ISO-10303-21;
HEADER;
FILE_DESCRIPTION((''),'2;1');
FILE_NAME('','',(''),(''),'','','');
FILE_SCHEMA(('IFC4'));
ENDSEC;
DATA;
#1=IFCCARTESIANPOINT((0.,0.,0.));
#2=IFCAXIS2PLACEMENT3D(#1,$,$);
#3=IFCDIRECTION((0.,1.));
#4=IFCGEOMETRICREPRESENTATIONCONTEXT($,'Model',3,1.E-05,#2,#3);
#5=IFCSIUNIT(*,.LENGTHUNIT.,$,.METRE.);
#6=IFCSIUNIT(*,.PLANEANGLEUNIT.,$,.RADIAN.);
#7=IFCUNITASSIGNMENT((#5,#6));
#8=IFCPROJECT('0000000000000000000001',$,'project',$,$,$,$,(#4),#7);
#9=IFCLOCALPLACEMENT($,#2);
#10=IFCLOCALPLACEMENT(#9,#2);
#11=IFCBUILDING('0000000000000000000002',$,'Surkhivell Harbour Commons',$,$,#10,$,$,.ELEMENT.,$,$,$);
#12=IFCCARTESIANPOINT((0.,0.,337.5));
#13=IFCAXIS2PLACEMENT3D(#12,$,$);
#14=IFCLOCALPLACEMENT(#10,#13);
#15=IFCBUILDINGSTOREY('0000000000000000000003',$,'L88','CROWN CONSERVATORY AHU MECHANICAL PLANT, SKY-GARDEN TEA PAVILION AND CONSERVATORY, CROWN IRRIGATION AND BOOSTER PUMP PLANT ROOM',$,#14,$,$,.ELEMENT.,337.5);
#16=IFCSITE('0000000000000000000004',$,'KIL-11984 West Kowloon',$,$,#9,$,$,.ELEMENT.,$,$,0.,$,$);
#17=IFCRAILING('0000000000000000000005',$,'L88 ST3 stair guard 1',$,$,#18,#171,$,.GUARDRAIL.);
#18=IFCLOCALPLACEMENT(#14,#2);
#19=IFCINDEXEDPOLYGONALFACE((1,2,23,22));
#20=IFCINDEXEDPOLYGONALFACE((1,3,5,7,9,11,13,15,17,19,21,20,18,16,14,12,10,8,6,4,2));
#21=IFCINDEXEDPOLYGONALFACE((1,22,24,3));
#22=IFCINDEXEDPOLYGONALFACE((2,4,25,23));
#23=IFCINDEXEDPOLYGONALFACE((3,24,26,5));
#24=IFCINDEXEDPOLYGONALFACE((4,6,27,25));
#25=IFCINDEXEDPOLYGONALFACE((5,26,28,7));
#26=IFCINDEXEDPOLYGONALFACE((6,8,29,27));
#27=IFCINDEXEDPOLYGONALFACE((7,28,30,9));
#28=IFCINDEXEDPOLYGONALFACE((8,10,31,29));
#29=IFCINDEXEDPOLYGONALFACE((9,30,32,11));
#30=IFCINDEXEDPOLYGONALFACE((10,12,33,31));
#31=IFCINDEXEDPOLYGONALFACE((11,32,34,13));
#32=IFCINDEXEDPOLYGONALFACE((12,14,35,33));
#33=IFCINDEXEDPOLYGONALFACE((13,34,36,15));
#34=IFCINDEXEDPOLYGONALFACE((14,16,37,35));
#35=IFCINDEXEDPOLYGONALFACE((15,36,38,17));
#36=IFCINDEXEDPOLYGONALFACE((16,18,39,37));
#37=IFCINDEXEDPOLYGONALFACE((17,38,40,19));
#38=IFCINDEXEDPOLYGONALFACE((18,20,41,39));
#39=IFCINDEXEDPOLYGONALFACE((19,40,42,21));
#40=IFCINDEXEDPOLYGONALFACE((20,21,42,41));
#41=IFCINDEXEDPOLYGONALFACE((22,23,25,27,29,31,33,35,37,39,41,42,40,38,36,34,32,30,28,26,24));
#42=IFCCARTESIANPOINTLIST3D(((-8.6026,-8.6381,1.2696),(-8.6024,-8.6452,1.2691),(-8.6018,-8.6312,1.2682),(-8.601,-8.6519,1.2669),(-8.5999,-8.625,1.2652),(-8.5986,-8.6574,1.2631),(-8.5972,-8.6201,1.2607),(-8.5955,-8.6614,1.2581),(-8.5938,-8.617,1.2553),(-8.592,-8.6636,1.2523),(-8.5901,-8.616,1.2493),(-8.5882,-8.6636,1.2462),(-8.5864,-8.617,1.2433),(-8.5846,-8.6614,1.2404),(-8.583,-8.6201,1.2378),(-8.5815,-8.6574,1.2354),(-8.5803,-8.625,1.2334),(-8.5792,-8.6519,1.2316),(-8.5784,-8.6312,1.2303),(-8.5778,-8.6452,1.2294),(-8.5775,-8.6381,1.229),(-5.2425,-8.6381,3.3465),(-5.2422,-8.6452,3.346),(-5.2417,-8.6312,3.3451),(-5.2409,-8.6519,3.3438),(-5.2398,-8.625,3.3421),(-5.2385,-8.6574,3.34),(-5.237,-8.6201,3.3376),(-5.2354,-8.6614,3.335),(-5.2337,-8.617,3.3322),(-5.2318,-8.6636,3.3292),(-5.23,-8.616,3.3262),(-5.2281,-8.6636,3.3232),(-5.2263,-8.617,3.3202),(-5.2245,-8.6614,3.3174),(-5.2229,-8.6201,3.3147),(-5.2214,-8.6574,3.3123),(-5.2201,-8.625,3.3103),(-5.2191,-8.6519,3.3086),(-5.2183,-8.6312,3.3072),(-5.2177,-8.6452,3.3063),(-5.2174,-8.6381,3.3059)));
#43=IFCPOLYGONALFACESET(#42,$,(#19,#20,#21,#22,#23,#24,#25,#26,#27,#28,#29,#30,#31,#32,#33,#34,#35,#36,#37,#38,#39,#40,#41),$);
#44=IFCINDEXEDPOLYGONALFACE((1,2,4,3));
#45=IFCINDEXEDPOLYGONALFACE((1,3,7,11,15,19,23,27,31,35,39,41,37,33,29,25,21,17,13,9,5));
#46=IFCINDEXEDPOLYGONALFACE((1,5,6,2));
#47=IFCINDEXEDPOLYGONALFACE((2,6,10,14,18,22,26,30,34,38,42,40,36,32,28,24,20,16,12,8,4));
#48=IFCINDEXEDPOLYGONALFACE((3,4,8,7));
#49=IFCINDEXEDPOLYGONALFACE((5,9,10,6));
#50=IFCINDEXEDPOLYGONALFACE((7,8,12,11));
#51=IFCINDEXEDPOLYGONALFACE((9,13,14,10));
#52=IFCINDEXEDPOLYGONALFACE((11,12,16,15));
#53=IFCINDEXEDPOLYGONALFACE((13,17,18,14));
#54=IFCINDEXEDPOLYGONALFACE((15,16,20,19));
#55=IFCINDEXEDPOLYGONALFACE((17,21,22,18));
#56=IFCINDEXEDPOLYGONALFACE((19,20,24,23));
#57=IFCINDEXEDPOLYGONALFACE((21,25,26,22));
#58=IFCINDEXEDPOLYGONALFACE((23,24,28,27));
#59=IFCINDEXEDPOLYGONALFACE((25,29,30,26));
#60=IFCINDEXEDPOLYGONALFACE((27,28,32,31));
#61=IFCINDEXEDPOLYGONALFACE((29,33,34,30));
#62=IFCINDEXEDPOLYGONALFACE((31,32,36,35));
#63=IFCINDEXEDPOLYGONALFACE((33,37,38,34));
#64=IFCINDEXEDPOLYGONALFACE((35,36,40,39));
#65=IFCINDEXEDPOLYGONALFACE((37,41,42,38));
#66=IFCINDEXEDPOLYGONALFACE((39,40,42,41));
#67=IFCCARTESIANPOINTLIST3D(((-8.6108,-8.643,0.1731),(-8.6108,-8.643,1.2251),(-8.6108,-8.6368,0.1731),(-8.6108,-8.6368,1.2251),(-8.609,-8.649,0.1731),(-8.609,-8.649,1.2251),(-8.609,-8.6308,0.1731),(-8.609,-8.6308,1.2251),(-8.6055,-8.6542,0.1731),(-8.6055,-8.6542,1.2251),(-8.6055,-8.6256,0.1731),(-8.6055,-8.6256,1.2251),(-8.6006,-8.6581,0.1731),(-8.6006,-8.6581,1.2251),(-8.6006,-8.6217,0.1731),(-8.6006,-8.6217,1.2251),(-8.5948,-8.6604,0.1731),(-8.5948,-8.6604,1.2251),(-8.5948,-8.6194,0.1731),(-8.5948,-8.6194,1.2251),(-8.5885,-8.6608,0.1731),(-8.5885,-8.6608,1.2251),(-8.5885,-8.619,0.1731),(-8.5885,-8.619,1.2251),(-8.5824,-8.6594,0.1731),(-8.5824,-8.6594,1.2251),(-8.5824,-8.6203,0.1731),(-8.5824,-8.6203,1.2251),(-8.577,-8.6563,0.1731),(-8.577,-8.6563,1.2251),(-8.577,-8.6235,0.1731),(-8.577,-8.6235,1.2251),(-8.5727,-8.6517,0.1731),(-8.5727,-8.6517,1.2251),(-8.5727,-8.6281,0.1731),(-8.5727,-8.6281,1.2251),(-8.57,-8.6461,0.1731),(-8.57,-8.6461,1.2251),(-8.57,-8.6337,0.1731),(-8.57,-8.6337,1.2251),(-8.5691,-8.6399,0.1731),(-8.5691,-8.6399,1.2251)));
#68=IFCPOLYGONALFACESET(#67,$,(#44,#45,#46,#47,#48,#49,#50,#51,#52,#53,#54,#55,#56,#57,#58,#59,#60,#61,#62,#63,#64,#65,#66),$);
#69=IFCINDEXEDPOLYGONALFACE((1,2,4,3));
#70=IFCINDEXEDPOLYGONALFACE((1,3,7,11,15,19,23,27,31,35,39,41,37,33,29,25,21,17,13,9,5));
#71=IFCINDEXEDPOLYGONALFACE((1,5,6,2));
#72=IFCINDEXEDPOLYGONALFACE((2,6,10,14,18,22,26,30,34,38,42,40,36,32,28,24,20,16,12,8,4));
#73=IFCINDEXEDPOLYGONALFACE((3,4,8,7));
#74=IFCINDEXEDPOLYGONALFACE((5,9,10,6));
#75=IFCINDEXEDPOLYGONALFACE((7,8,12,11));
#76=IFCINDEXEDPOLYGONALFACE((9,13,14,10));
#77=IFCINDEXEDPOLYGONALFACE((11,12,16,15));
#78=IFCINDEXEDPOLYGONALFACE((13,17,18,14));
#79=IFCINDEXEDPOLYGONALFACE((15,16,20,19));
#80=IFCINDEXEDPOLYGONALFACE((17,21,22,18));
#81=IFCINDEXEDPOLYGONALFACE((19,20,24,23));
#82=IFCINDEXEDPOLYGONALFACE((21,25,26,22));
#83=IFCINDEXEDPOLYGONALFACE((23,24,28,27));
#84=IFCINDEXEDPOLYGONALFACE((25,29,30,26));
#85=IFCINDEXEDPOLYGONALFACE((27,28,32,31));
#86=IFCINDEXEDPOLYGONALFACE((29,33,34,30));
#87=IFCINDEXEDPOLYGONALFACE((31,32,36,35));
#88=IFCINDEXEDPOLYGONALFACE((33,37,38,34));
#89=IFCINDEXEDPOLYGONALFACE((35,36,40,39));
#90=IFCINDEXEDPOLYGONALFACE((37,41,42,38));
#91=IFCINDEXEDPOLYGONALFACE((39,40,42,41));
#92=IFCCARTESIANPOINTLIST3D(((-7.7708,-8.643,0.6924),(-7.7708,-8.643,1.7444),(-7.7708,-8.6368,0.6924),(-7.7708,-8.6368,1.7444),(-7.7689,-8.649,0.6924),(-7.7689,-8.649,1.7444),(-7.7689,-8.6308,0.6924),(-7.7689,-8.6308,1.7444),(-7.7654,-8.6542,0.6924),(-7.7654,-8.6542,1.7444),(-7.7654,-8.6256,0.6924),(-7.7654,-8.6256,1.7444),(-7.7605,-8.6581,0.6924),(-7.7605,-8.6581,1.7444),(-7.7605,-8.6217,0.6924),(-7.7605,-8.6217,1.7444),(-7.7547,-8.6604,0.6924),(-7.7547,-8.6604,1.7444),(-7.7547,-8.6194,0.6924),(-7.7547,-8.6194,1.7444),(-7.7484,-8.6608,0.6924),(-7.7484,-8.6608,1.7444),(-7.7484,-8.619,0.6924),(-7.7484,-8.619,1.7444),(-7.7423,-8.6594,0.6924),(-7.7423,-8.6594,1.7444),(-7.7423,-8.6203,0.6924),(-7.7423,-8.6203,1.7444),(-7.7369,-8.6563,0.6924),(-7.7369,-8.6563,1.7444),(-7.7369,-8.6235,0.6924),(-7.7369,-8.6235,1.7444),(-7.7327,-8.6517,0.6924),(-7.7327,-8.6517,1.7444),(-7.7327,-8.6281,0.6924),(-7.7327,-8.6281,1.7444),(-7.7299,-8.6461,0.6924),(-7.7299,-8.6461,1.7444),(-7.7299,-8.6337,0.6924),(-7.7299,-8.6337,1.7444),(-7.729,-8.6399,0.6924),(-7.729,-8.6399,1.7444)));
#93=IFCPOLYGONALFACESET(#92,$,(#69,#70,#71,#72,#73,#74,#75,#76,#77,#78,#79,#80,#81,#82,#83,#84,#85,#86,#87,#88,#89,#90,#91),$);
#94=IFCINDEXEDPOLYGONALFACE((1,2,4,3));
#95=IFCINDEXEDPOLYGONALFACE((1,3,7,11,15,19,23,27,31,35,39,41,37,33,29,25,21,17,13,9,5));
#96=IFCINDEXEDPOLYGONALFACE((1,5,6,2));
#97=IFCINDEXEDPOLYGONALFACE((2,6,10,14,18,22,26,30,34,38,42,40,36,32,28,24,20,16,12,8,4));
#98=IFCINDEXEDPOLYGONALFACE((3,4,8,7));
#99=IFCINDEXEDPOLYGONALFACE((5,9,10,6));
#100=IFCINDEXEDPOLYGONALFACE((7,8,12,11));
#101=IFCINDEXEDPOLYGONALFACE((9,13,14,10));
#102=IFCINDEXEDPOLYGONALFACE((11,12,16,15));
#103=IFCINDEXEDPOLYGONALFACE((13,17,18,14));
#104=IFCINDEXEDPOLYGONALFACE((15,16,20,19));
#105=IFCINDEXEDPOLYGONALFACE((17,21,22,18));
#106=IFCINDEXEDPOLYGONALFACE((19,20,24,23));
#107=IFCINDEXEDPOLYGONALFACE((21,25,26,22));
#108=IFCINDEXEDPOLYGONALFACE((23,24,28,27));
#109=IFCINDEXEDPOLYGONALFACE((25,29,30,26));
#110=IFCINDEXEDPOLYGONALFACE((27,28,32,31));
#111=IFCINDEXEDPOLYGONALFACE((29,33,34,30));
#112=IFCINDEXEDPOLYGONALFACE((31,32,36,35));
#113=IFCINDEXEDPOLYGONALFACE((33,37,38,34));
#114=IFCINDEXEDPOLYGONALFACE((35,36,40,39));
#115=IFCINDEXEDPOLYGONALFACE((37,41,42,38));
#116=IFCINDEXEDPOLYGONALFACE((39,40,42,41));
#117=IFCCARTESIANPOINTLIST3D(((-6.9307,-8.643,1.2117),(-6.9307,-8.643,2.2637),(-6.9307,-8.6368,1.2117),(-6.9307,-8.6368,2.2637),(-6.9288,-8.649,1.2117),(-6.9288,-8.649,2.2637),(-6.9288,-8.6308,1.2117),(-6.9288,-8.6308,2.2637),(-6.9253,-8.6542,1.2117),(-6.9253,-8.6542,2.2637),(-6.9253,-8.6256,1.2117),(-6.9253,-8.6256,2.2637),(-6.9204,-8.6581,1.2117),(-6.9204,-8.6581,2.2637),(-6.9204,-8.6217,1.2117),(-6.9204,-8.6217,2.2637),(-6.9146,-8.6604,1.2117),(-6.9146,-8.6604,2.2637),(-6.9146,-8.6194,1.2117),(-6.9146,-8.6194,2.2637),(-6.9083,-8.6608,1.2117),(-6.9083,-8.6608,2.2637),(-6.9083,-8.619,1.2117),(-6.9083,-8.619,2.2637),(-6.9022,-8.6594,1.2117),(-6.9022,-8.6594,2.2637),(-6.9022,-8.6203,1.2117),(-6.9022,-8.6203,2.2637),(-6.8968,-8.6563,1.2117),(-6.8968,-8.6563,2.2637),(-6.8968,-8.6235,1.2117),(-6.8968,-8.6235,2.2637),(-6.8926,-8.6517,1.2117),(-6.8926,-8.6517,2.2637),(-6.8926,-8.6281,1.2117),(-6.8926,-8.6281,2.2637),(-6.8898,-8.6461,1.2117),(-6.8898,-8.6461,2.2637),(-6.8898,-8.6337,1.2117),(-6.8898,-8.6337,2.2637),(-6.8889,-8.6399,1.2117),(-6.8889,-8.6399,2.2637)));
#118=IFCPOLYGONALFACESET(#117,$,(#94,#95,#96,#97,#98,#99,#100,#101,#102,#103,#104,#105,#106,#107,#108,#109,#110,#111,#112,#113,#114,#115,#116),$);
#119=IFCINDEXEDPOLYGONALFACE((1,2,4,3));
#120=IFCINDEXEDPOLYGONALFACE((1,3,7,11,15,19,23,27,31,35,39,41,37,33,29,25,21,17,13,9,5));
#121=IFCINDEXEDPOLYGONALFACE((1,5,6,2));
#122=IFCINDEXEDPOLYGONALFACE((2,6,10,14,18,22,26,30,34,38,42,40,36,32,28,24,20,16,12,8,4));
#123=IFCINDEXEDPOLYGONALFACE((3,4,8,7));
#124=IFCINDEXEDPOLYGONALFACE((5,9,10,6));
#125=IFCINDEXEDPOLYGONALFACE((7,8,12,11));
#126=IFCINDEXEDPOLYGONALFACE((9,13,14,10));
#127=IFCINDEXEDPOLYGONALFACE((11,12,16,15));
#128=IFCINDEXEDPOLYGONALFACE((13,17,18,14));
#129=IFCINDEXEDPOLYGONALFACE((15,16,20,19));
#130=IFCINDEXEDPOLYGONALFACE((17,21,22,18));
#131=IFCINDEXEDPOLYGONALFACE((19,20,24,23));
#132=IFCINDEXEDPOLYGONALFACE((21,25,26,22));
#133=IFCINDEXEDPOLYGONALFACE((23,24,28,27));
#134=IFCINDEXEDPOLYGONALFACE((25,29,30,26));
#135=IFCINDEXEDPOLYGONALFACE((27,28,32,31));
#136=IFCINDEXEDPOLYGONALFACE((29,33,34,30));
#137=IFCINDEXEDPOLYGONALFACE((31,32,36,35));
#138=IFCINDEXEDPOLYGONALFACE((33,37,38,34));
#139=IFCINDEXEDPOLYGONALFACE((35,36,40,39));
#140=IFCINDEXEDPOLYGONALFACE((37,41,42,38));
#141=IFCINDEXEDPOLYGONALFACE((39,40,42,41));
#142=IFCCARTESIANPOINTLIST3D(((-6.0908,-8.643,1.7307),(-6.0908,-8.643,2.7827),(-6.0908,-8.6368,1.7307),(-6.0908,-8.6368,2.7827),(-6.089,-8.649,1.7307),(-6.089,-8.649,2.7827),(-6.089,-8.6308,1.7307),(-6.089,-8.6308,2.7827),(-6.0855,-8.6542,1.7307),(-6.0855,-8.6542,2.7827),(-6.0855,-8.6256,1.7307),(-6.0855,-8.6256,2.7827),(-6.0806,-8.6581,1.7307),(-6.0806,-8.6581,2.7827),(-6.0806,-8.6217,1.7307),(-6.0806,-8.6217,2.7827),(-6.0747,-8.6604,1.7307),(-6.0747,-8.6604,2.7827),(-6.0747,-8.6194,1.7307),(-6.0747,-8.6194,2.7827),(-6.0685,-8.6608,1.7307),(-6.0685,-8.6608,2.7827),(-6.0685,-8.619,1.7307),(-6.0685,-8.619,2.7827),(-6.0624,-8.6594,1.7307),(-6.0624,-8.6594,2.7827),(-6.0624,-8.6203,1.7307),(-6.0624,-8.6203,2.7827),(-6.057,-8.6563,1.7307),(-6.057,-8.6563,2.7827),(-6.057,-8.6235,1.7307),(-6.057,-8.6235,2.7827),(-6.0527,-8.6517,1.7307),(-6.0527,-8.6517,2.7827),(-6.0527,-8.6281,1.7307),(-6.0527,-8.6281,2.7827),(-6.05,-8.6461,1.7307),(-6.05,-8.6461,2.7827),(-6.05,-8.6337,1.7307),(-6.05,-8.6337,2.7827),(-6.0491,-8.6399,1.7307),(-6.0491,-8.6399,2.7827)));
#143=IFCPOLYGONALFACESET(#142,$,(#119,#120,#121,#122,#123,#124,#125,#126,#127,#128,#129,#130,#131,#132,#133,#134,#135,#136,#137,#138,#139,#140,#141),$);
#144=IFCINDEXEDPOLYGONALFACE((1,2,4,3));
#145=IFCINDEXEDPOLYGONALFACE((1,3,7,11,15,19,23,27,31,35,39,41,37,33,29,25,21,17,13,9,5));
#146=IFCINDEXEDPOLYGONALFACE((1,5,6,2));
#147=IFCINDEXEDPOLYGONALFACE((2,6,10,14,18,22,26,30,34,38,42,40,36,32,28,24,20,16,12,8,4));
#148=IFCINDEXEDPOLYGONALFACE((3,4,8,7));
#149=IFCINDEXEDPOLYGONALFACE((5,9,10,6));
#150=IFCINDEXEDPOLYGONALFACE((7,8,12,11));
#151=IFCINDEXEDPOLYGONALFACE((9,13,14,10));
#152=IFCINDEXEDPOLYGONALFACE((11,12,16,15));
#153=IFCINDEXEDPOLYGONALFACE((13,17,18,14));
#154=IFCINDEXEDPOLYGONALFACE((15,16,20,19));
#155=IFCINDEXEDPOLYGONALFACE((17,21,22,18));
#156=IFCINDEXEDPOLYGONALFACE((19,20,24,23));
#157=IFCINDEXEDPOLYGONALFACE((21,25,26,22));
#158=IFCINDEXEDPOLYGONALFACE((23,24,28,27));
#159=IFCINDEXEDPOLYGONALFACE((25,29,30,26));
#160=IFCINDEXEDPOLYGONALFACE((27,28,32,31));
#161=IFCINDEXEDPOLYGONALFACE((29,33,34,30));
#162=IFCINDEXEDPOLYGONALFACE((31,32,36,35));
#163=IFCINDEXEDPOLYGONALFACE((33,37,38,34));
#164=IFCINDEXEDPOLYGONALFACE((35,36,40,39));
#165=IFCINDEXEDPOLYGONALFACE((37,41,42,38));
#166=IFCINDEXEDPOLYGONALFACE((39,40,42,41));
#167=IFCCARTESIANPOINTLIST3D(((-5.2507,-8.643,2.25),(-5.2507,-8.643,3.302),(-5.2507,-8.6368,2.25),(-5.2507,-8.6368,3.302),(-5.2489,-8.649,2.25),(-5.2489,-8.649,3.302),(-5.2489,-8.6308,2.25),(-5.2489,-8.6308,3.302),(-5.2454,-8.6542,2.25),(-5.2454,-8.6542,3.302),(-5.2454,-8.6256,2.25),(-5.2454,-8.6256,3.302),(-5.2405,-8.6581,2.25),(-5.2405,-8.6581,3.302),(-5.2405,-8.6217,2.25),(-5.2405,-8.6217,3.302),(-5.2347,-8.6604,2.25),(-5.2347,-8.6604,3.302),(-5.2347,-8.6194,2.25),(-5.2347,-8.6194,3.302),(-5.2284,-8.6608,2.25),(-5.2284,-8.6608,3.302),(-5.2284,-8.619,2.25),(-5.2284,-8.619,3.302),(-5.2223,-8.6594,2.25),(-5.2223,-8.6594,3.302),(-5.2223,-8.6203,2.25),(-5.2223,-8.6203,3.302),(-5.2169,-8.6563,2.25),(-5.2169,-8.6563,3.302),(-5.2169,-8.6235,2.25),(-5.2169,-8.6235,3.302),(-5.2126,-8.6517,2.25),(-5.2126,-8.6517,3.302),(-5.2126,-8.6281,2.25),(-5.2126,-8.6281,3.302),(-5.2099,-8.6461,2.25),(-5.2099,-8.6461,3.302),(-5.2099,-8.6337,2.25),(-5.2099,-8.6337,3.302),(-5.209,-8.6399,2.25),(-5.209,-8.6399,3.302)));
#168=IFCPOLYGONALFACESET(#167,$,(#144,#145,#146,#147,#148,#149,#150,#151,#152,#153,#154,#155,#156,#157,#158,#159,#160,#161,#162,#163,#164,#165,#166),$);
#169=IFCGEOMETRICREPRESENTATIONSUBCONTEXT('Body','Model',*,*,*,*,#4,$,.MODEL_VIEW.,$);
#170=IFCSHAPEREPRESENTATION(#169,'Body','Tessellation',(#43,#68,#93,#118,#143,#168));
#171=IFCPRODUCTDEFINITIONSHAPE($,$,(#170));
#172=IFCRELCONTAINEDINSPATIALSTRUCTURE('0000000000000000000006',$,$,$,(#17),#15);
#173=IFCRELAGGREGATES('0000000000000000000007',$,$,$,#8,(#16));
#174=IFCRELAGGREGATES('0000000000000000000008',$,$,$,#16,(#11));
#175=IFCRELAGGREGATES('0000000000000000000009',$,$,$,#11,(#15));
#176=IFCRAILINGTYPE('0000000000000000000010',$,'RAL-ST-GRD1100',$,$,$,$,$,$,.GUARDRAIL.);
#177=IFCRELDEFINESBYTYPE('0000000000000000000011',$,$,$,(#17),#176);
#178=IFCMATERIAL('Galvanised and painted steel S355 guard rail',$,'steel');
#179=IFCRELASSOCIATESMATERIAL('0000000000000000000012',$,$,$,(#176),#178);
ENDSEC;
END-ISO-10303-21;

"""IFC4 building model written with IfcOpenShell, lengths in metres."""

from ifc_helpers import new_model, si_unit, direction, frame, origin, origin_2d, place, context, subcontext, project, spatial, circle, extrude, material, type_object, element, save


model = new_model("IFC4")

# Units and contexts
model_context = context("Model", 3, precision=1e-05, world=origin(), true_north=direction((0.0, 1.0)))
body_context = subcontext(model_context, "Body", "Model", "MODEL_VIEW")
ifc_project = project(units=[si_unit("LENGTHUNIT", "METRE"), si_unit("PLANEANGLEUNIT", "RADIAN")], contexts=[model_context])

# Site, building, storey
site_placement = place(None, origin())
site = spatial("IfcSite", under=ifc_project, at=site_placement, Name="KIL-11984 West Kowloon", CompositionType="ELEMENT", RefElevation=0.0)
building_placement = place(site_placement, origin())
building = spatial("IfcBuilding", under=site, at=building_placement, Name="Surkhivell Harbour Commons", CompositionType="ELEMENT")
storey_placement = place(building_placement, frame((0.0, 0.0, 337.5)))
storey = spatial("IfcBuildingStorey", under=building, at=storey_placement, Name="L88", Description="CROWN CONSERVATORY AHU MECHANICAL PLANT, SKY-GARDEN TEA PAVILION AND CONSERVATORY, CROWN IRRIGATION AND BOOSTER PUMP PLANT ROOM", CompositionType="ELEMENT", Elevation=337.5)

# Railing
ifc_material_1 = material(Name="Galvanised and painted steel S355 guard rail", Category="steel")
railing_type_1 = type_object("IfcRailingType", Name="RAL-ST-GRD1100", PredefinedType="GUARDRAIL", material=ifc_material_1)
railing_1_placement = place(storey_placement, frame((-8.5901, -8.6399, 0.1731)))
element("IfcRailing", 1, at=railing_1_placement, inside=storey, type_object=railing_type_1, Name="L88 ST3 stair guard 1", PredefinedType="GUARDRAIL", context=body_context, shape_type="SweptSolid", body=[
    extrude(circle(Radius=0.0239, at=origin_2d()), frame((0.0, 0.0, 1.0762), z_axis=(0.850623, 0.0, 0.525776), x_axis=(0.0, 1.0, 0.0)), (0.0, 0.0, 1.0), 3.9502),
    extrude(circle(Radius=0.021, at=origin_2d()), origin(), (0.0, 0.0, 1.0), 1.052),
    extrude(circle(Radius=0.021, at=origin_2d()), frame((0.8401, 0.0, 0.5193)), (0.0, 0.0, 1.0), 1.052),
    extrude(circle(Radius=0.021, at=origin_2d()), frame((1.6802, 0.0, 1.0386)), (0.0, 0.0, 1.0), 1.052),
    extrude(circle(Radius=0.021, at=origin_2d()), frame((2.52, 0.0, 1.5576)), (0.0, 0.0, 1.0), 1.052),
    extrude(circle(Radius=0.021, at=origin_2d()), frame((3.3601, 0.0, 2.0769)), (0.0, 0.0, 1.0), 1.052),
])

save(model, "model.ifc")
